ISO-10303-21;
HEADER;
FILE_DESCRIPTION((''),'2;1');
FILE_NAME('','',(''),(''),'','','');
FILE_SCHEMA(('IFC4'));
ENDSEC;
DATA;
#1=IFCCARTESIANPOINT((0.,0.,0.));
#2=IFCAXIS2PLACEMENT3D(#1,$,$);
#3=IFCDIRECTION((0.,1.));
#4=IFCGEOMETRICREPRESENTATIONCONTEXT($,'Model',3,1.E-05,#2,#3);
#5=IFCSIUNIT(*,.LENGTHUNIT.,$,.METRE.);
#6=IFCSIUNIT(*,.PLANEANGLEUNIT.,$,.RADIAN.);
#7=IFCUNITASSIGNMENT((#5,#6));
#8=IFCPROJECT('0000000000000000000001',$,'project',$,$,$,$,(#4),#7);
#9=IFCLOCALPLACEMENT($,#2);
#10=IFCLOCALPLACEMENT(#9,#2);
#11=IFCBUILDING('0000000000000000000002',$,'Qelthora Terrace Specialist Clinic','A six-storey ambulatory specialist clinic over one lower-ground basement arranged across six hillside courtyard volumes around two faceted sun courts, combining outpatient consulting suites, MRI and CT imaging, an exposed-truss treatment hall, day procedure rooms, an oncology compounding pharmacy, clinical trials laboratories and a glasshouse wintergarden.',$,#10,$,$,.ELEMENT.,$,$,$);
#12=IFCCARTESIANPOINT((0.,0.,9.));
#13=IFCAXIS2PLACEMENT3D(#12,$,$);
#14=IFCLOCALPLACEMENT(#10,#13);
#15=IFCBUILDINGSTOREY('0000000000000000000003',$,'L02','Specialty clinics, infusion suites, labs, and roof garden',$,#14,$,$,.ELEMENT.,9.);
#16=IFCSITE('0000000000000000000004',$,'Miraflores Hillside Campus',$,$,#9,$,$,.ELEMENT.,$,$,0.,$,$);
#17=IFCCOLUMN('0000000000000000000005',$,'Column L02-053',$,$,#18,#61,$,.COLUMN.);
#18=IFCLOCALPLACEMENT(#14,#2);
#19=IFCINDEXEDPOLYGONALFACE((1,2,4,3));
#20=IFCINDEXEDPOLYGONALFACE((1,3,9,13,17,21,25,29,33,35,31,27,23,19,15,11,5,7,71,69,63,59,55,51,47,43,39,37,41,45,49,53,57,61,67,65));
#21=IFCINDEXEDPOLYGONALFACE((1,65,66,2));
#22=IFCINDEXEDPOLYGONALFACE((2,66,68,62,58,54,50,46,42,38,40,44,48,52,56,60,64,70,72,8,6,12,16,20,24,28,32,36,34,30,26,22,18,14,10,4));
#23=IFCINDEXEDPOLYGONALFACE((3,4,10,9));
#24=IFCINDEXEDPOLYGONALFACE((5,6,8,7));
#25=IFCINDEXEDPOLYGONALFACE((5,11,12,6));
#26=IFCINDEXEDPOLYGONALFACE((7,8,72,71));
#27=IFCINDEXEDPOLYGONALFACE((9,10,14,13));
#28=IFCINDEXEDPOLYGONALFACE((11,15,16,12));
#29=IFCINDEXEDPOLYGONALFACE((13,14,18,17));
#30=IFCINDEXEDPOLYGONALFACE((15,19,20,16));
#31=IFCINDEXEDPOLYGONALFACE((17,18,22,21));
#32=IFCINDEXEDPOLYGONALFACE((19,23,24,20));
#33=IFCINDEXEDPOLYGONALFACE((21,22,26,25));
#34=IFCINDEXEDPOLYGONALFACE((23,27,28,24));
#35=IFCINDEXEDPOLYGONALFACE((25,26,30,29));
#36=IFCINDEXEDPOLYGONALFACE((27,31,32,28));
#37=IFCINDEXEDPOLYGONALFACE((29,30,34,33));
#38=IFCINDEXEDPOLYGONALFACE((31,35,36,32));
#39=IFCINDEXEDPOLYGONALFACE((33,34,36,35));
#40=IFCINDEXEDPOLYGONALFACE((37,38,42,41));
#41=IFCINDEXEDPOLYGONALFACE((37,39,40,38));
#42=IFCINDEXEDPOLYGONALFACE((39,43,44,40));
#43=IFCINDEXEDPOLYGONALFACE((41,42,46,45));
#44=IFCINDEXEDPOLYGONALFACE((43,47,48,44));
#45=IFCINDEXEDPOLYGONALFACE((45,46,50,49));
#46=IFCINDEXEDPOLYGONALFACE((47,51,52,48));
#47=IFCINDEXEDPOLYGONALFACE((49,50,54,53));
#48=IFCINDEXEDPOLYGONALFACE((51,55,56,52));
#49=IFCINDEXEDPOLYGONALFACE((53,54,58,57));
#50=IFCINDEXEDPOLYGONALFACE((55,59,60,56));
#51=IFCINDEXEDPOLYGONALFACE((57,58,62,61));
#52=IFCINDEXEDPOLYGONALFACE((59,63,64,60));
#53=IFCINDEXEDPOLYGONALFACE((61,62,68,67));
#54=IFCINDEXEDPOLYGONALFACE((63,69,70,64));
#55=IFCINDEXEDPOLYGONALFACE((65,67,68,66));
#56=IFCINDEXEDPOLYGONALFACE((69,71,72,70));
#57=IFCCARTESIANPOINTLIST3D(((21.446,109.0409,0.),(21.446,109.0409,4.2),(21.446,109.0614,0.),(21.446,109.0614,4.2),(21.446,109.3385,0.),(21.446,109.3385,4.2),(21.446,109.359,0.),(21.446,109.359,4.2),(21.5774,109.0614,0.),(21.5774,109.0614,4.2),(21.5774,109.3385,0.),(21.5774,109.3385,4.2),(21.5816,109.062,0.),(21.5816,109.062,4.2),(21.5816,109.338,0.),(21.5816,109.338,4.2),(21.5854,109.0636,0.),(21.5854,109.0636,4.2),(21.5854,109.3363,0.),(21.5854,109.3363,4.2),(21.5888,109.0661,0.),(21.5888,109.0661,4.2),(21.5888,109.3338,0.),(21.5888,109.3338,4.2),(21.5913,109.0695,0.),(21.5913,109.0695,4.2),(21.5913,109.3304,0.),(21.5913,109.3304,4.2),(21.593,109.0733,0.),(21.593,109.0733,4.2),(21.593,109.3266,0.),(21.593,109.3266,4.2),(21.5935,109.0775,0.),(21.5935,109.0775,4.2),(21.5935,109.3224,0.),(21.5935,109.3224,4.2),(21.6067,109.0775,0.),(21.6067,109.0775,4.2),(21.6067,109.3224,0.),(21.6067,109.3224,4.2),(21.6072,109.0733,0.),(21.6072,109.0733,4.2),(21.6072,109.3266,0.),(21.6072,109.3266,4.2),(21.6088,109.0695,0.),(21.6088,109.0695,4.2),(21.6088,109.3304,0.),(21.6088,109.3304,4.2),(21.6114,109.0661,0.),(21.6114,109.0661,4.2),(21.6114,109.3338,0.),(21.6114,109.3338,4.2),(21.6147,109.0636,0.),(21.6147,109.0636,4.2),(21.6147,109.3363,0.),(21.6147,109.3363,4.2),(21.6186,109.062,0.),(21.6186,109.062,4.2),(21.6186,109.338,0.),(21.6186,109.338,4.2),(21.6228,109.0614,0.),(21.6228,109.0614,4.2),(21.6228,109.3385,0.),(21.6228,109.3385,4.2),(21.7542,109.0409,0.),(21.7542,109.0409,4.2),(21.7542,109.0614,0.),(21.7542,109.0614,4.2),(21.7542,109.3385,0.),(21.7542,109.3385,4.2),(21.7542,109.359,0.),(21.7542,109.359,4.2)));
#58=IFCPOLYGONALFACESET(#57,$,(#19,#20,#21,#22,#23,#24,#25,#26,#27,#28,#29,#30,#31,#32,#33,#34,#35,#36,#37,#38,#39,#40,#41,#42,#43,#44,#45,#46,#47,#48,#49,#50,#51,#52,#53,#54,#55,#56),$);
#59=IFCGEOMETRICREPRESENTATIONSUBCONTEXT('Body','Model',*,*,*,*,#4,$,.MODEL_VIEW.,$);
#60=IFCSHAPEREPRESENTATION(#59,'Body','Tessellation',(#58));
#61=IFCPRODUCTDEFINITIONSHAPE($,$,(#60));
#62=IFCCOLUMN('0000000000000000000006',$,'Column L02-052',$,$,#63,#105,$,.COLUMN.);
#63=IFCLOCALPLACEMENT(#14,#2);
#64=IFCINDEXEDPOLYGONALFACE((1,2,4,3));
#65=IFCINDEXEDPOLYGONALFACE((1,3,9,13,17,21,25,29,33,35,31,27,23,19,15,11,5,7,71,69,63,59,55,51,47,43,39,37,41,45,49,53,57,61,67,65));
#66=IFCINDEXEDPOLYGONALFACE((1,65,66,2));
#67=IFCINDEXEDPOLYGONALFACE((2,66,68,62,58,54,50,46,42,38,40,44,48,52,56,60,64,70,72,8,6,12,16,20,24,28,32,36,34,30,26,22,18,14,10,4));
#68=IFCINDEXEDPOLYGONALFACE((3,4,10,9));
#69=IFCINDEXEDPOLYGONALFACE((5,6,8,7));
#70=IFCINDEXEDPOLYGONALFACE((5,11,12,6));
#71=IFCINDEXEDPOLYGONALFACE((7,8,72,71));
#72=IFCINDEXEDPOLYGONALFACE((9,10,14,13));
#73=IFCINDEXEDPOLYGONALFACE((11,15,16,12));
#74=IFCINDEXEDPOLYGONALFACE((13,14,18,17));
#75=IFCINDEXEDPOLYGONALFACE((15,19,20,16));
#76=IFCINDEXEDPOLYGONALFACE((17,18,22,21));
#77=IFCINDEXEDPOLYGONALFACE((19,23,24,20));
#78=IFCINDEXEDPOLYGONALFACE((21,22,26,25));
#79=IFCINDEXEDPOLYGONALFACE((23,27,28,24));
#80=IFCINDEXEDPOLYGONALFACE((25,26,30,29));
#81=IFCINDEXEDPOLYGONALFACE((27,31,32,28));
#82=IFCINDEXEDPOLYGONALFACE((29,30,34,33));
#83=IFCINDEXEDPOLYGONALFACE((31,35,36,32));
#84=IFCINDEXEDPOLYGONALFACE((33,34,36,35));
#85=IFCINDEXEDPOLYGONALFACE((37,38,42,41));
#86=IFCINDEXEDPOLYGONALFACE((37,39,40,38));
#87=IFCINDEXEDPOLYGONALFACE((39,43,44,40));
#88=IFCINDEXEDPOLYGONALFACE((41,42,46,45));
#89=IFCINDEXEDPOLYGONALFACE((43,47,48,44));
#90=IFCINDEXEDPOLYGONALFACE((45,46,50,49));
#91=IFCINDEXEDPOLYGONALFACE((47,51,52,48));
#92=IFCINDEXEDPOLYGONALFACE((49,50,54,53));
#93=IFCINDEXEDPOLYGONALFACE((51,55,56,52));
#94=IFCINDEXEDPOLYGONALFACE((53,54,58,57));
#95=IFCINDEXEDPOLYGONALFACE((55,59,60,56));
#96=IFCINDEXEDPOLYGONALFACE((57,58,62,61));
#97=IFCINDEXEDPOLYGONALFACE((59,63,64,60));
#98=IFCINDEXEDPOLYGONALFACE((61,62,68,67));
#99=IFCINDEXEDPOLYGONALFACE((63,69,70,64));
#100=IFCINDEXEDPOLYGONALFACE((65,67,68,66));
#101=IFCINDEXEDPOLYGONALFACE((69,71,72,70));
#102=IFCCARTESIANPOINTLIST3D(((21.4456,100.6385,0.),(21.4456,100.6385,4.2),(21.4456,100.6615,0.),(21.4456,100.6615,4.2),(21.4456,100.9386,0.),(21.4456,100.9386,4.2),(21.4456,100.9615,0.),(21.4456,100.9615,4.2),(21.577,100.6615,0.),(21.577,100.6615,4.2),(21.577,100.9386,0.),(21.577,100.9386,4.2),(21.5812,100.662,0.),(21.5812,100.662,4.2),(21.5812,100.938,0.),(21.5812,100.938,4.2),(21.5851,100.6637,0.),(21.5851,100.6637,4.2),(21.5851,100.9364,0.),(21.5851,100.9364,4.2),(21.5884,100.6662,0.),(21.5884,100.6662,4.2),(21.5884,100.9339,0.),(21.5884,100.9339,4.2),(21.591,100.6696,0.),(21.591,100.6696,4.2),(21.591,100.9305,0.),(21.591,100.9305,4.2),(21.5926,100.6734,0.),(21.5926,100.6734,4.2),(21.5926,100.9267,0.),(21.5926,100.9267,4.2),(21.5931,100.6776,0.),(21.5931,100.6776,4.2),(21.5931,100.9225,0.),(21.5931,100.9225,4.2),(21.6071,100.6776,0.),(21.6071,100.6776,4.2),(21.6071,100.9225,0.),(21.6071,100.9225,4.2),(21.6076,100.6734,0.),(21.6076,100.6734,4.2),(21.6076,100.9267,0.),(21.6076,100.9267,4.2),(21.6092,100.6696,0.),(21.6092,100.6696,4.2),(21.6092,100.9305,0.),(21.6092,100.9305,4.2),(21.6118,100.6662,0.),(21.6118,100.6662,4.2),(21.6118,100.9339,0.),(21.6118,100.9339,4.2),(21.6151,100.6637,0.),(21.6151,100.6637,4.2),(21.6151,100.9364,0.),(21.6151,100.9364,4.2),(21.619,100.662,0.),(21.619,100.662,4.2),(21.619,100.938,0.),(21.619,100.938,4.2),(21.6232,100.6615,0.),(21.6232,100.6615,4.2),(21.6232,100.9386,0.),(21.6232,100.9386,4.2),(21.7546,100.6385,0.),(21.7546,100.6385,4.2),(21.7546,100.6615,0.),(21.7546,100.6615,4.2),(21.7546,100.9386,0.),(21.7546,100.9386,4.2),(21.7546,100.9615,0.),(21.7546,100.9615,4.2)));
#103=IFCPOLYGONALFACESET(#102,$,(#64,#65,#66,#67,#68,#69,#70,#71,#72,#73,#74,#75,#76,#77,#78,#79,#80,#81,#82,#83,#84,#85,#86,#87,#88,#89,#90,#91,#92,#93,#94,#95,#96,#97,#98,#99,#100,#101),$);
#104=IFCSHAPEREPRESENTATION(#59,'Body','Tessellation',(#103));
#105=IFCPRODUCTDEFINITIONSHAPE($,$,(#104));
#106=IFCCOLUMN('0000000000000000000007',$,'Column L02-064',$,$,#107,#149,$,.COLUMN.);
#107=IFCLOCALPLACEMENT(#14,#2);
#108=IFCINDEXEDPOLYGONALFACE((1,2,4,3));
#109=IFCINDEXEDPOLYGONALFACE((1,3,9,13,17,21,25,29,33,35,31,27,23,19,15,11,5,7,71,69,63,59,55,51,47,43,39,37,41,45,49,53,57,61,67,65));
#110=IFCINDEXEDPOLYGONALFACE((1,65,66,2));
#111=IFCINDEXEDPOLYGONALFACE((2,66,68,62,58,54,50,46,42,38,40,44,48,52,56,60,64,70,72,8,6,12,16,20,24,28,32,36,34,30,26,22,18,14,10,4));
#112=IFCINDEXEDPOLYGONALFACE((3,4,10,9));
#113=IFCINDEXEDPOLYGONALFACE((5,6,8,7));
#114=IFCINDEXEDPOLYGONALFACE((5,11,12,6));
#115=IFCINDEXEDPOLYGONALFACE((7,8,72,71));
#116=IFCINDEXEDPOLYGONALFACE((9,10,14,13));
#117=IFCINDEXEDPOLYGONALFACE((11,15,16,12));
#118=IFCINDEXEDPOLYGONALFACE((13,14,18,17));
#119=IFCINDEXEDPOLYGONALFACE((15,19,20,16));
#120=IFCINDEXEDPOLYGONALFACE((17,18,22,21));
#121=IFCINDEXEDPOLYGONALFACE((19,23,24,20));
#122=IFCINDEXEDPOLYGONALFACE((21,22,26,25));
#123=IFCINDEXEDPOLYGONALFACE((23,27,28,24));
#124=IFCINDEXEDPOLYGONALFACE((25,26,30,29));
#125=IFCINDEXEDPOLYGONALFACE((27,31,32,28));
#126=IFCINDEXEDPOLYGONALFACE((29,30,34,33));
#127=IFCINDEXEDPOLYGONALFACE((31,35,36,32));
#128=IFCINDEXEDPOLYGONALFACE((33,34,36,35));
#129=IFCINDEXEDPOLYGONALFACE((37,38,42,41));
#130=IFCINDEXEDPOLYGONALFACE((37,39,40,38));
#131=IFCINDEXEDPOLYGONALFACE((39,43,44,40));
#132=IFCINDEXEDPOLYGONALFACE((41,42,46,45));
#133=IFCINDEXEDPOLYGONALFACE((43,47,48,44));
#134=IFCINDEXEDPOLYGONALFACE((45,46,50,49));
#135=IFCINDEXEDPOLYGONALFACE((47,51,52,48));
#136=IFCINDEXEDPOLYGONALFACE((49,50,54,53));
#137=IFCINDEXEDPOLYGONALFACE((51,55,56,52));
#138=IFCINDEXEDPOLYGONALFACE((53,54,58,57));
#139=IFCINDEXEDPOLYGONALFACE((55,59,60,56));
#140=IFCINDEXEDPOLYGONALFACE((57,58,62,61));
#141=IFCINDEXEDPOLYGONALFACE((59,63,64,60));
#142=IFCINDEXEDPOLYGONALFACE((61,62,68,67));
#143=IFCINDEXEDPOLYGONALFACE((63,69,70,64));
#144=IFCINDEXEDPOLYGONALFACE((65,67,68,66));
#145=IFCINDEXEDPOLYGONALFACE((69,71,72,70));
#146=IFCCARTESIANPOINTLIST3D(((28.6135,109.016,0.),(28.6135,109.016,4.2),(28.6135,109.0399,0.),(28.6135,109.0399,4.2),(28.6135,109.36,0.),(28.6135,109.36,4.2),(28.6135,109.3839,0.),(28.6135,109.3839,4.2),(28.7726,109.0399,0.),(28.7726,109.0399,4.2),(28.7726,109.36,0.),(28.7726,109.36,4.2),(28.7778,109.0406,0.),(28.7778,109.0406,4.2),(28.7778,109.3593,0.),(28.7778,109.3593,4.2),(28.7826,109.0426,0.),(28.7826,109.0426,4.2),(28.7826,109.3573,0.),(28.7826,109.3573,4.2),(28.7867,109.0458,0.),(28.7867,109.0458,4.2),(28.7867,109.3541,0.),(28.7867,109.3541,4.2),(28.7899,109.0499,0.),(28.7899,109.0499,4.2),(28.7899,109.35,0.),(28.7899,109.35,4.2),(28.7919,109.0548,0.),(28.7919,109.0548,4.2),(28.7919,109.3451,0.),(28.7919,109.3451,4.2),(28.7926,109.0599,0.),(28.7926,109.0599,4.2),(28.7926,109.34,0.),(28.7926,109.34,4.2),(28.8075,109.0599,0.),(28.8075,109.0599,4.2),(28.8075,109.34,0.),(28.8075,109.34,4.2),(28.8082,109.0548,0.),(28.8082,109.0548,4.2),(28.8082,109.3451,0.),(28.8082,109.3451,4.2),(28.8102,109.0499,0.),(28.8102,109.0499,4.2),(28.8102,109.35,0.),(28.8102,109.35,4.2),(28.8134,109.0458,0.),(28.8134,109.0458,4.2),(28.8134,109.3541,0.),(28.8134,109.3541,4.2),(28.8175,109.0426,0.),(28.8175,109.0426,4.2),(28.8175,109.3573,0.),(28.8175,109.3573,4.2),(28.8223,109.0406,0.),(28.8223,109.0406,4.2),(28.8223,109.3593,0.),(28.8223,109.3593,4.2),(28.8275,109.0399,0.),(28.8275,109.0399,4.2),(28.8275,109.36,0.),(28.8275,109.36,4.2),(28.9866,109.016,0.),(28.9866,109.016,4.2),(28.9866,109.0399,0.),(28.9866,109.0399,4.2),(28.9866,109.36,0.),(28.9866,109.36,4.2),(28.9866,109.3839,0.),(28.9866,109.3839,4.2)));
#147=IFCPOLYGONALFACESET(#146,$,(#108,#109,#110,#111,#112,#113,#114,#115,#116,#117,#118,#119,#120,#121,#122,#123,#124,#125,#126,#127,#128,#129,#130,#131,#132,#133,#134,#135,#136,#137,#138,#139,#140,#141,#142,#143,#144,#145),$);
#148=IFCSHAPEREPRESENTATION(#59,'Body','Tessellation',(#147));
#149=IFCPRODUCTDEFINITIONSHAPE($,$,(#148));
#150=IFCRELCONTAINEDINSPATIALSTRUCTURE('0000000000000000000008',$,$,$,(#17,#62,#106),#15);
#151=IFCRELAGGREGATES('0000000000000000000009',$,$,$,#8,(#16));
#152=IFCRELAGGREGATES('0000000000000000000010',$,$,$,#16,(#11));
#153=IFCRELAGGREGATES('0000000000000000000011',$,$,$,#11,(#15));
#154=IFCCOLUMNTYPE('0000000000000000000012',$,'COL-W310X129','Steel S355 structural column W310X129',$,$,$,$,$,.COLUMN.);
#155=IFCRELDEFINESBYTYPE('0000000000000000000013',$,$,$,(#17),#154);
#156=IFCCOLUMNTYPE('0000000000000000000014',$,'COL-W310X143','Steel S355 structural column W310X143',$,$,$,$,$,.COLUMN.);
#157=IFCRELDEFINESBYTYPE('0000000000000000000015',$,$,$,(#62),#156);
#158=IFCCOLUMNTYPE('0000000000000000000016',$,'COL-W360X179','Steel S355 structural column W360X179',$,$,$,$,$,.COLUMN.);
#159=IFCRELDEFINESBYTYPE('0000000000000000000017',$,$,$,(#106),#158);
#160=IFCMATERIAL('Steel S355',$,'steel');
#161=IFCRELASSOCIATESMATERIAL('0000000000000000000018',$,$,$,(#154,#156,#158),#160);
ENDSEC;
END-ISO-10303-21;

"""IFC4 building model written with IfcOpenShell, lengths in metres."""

from ifc_helpers import new_model, si_unit, direction, frame, origin, origin_2d, place, context, subcontext, project, spatial, i_section, extrude, material, material_profile, profile_set, type_object, element, save


model = new_model("IFC4")

# Units and contexts
model_context = context("Model", 3, precision=1e-05, world=origin(), true_north=direction((0.0, 1.0)))
body_context = subcontext(model_context, "Body", "Model", "MODEL_VIEW")
ifc_project = project(units=[si_unit("LENGTHUNIT", "METRE"), si_unit("PLANEANGLEUNIT", "RADIAN")], contexts=[model_context])

# Site, building, storey
site_placement = place(None, origin())
site = spatial("IfcSite", under=ifc_project, at=site_placement, Name="Miraflores Hillside Campus", CompositionType="ELEMENT", RefElevation=0.0)
building_placement = place(site_placement, origin())
building = spatial("IfcBuilding", under=site, at=building_placement, Name="Qelthora Terrace Specialist Clinic", Description="A six-storey ambulatory specialist clinic over one lower-ground basement arranged across six hillside courtyard volumes around two faceted sun courts, combining outpatient consulting suites, MRI and CT imaging, an exposed-truss treatment hall, day procedure rooms, an oncology compounding pharmacy, clinical trials laboratories and a glasshouse wintergarden.", CompositionType="ELEMENT")
storey_placement = place(building_placement, frame((0.0, 0.0, 9.0)))
storey = spatial("IfcBuildingStorey", under=building, at=storey_placement, Name="L02", Description="Specialty clinics, infusion suites, labs, and roof garden", CompositionType="ELEMENT", Elevation=9.0)

# Columns
ifc_material_1 = material(Name="Steel S355", Category="steel")
ifc_material_profile_1 = material_profile(ifc_material_1, i_section(OverallWidth=0.3081, OverallDepth=0.3181, WebThickness=0.0132, FlangeThickness=0.0205, FilletRadius=0.0161, at=origin_2d()), Name="W310X129")
ifc_profile_set_1 = profile_set([ifc_material_profile_1], Name="Steel S355")
column_type_1 = type_object("IfcColumnType", Name="COL-W310X129", Description="Steel S355 structural column W310X129", PredefinedType="COLUMN", material=ifc_profile_set_1)
column_1_placement = place(storey_placement, frame((21.6001, 109.2, 0.0), z_axis=(0.0, 0.0, 1.0), x_axis=(1.0, 0.0, 0.0)))
element("IfcColumn", 1, at=column_1_placement, inside=storey, type_object=column_type_1, Name="Column L02-053", PredefinedType="COLUMN", context=body_context, shape_type="SweptSolid", body=[
    extrude(i_section(OverallWidth=0.3081, OverallDepth=0.3181, WebThickness=0.0132, FlangeThickness=0.0205, FilletRadius=0.0161, at=origin_2d()), origin(), (0.0, 0.0, 1.0), 4.2),
])
ifc_material_profile_2 = material_profile(ifc_material_1, i_section(OverallWidth=0.3091, OverallDepth=0.323, WebThickness=0.0139, FlangeThickness=0.0229, FilletRadius=0.0161, at=origin_2d()), Name="W310X143")
ifc_profile_set_2 = profile_set([ifc_material_profile_2], Name="Steel S355")
column_type_2 = type_object("IfcColumnType", Name="COL-W310X143", Description="Steel S355 structural column W310X143", PredefinedType="COLUMN", material=ifc_profile_set_2)
column_2_placement = place(storey_placement, frame((21.6001, 100.8, 0.0), z_axis=(0.0, 0.0, 1.0), x_axis=(1.0, 0.0, 0.0)))
element("IfcColumn", 2, at=column_2_placement, inside=storey, type_object=column_type_2, Name="Column L02-052", PredefinedType="COLUMN", context=body_context, shape_type="SweptSolid", body=[
    extrude(i_section(OverallWidth=0.3091, OverallDepth=0.323, WebThickness=0.0139, FlangeThickness=0.0229, FilletRadius=0.0161, at=origin_2d()), origin(), (0.0, 0.0, 1.0), 4.2),
])
ifc_material_profile_3 = material_profile(ifc_material_1, i_section(OverallWidth=0.373, OverallDepth=0.3679, WebThickness=0.0149, FlangeThickness=0.0239, FilletRadius=0.02, at=origin_2d()), Name="W360X179")
ifc_profile_set_3 = profile_set([ifc_material_profile_3], Name="Steel S355")
column_type_3 = type_object("IfcColumnType", Name="COL-W360X179", Description="Steel S355 structural column W360X179", PredefinedType="COLUMN", material=ifc_profile_set_3)
column_3_placement = place(storey_placement, frame((28.8, 109.2, 0.0), z_axis=(0.0, 0.0, 1.0), x_axis=(1.0, 0.0, 0.0)))
element("IfcColumn", 3, at=column_3_placement, inside=storey, type_object=column_type_3, Name="Column L02-064", PredefinedType="COLUMN", context=body_context, shape_type="SweptSolid", body=[
    extrude(i_section(OverallWidth=0.373, OverallDepth=0.3679, WebThickness=0.0149, FlangeThickness=0.0239, FilletRadius=0.02, at=origin_2d()), origin(), (0.0, 0.0, 1.0), 4.2),
])

save(model, "model.ifc")
